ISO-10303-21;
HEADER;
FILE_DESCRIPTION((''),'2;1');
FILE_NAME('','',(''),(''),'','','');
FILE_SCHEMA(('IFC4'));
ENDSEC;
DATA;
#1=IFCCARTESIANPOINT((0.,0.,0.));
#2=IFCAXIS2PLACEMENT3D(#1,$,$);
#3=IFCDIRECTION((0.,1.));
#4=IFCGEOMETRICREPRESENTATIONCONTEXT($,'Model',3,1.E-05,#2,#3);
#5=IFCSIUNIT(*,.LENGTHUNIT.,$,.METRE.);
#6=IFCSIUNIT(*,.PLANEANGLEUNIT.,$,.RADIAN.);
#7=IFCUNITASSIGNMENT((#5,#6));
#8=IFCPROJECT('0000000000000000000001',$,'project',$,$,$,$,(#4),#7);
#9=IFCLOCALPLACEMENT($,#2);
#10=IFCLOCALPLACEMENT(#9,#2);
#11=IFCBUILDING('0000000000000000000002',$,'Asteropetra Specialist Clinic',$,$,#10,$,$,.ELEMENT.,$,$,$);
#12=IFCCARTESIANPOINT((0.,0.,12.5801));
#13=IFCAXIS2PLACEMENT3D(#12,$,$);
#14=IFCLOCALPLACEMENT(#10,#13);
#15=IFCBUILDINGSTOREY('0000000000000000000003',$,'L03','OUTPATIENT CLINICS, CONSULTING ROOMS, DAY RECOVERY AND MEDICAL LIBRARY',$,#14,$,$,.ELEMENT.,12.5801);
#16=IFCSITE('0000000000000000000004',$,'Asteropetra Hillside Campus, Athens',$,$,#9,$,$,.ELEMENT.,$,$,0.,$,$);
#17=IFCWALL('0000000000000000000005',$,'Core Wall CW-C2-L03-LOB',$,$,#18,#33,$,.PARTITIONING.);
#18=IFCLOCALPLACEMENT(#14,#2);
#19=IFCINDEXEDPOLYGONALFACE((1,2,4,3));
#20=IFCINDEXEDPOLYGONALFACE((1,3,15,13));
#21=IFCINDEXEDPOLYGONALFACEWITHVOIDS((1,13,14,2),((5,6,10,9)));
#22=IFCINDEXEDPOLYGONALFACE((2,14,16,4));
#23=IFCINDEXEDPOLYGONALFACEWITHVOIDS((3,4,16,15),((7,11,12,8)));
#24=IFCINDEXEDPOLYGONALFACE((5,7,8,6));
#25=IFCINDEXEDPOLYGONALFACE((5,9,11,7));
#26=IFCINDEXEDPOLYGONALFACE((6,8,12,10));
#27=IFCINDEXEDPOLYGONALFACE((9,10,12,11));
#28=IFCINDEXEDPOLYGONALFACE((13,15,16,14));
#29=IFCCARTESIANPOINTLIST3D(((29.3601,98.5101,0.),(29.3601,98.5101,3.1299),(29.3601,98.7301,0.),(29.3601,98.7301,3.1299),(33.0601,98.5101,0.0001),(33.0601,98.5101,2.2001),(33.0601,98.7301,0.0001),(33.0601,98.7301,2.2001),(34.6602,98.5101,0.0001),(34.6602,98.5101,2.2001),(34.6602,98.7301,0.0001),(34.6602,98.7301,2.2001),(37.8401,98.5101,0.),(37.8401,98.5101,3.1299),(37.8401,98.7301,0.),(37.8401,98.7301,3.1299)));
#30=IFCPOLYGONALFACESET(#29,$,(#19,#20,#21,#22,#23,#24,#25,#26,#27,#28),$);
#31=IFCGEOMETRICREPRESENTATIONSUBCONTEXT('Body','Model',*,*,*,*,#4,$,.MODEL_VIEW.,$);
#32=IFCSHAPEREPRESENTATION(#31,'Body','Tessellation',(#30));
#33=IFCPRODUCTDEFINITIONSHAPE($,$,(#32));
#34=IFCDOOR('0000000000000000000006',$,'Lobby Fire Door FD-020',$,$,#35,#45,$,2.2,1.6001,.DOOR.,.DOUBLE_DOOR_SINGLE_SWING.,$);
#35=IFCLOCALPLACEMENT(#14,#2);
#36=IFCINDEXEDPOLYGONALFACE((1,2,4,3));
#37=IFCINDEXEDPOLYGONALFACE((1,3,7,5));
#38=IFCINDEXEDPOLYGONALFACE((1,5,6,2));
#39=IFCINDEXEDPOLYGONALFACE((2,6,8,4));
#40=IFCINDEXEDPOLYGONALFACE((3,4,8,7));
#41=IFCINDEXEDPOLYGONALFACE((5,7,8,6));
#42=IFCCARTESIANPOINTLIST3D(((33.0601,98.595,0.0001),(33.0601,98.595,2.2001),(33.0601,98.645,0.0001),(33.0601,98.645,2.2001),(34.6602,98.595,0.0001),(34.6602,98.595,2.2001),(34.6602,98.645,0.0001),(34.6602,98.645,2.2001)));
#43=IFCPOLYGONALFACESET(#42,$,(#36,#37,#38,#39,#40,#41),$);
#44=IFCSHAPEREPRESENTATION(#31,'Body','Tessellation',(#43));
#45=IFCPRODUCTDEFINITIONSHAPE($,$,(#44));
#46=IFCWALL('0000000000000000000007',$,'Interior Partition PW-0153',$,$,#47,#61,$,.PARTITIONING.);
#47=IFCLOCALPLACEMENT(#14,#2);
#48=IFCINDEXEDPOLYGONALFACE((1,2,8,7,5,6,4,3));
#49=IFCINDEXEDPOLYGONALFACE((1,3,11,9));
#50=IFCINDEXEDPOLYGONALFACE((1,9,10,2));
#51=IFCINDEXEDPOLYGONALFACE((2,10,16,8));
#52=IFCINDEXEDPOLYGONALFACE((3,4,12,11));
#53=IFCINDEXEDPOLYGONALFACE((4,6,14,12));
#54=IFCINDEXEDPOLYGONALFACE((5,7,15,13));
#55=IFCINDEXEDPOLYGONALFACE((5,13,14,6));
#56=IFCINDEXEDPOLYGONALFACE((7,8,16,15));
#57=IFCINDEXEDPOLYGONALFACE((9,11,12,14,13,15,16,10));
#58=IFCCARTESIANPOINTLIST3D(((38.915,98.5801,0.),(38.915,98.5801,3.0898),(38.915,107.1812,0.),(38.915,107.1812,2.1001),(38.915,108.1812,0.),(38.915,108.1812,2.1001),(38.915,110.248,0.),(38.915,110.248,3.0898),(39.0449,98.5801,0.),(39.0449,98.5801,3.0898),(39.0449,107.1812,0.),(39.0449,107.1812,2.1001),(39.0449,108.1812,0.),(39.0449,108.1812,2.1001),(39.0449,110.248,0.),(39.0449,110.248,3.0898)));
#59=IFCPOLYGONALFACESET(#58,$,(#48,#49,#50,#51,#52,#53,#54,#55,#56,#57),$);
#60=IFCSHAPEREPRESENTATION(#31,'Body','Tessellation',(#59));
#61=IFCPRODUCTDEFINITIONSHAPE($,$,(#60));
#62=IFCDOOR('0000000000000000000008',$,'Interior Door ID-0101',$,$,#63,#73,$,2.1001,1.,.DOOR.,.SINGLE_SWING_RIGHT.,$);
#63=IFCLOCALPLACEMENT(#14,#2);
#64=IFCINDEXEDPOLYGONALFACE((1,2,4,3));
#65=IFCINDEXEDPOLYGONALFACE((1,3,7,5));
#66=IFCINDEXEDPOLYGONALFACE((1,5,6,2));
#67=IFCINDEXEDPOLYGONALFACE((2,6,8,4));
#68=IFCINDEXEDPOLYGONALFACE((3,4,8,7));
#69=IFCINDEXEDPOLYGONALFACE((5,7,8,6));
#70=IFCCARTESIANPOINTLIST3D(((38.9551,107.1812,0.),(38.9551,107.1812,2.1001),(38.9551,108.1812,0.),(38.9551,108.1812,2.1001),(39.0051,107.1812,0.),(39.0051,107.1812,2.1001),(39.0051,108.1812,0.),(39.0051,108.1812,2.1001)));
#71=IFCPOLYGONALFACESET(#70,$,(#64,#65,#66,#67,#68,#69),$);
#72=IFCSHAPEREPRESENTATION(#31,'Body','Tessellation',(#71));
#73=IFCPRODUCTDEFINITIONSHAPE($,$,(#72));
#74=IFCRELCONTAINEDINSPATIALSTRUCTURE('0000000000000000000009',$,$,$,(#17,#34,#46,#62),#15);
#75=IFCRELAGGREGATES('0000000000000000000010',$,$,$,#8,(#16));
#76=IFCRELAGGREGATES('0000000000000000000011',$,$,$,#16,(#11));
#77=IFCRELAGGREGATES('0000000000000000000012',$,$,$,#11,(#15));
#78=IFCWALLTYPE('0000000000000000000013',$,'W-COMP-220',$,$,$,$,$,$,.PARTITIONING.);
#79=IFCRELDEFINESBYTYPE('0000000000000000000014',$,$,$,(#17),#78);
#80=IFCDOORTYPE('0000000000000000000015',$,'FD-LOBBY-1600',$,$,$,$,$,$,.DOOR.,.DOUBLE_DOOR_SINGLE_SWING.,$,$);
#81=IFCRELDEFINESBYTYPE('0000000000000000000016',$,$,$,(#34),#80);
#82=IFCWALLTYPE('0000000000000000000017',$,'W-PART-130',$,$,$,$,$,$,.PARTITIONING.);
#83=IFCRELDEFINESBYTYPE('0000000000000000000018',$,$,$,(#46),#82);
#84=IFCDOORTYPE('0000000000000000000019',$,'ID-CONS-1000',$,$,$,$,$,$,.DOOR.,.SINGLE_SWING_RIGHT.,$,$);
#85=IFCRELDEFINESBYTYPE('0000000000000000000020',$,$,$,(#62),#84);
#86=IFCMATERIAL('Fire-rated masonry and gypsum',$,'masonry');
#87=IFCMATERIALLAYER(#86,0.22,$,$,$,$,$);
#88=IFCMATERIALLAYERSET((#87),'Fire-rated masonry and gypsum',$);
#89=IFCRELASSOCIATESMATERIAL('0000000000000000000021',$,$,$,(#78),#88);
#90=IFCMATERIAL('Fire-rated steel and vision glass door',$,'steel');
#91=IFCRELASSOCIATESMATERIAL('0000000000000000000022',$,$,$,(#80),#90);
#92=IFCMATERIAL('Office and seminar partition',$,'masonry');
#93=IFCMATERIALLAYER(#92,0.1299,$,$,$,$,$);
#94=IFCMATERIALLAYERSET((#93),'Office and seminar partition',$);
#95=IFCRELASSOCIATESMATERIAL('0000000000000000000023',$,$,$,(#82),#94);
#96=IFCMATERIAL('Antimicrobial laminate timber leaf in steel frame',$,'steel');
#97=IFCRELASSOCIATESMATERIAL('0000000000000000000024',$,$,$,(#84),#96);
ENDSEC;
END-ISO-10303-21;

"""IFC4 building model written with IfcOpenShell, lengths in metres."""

from ifc_helpers import new_model, si_unit, direction, frame, frame_2d, origin, place, context, subcontext, project, spatial, rectangle, extrude, material, layer, layer_set, type_object, element, fill, save


model = new_model("IFC4")

# Units and contexts
model_context = context("Model", 3, precision=1e-05, world=origin(), true_north=direction((0.0, 1.0)))
body_context = subcontext(model_context, "Body", "Model", "MODEL_VIEW")
ifc_project = project(units=[si_unit("LENGTHUNIT", "METRE"), si_unit("PLANEANGLEUNIT", "RADIAN")], contexts=[model_context])

# Site, building, storey
site_placement = place(None, origin())
site = spatial("IfcSite", under=ifc_project, at=site_placement, Name="Asteropetra Hillside Campus, Athens", CompositionType="ELEMENT", RefElevation=0.0)
building_placement = place(site_placement, origin())
building = spatial("IfcBuilding", under=site, at=building_placement, Name="Asteropetra Specialist Clinic", CompositionType="ELEMENT")
storey_placement = place(building_placement, frame((0.0, 0.0, 12.5801)))
storey = spatial("IfcBuildingStorey", under=building, at=storey_placement, Name="L03", Description="OUTPATIENT CLINICS, CONSULTING ROOMS, DAY RECOVERY AND MEDICAL LIBRARY", CompositionType="ELEMENT", Elevation=12.5801)

# Walls, openings, doors
ifc_material_1 = material(Name="Fire-rated masonry and gypsum", Category="masonry")
ifc_layer_1 = layer(ifc_material_1, 0.22)
ifc_layer_set_1 = layer_set([ifc_layer_1], Name="Fire-rated masonry and gypsum")
wall_type_1 = type_object("IfcWallType", Name="W-COMP-220", PredefinedType="PARTITIONING", material=ifc_layer_set_1)
wall_1_placement = place(storey_placement, frame((29.3601, 98.6201, 0.0), z_axis=(0.0, 0.0, 1.0), x_axis=(1.0, 0.0, 0.0)))
wall_1 = element("IfcWall", 1, at=wall_1_placement, inside=storey, type_object=wall_type_1, Name="Core Wall CW-C2-L03-LOB", PredefinedType="PARTITIONING", context=body_context, shape_type="SweptSolid", body=[
    extrude(rectangle(XDim=8.48, YDim=0.22, at=frame_2d((4.24, 0.0))), origin(), (0.0, 0.0, 1.0), 3.1299),
])
opening_1_placement = place(wall_1_placement, frame((3.7, 0.0, 0.0)))
opening_1 = element("IfcOpeningElement", 2, at=opening_1_placement, cuts=wall_1, PredefinedType="OPENING", context=body_context, shape_type="SweptSolid", body=[
    extrude(rectangle(XDim=1.6001, YDim=2.2, at=frame_2d((0.8, 1.1001))), frame((0.0, 0.1199, 0.0), z_axis=(0.0, -1.0, 0.0), x_axis=(1.0, 0.0, 0.0)), (0.0, 0.0, 1.0), 0.24),
])
ifc_material_2 = material(Name="Fire-rated steel and vision glass door", Category="steel")
door_type_1 = type_object("IfcDoorType", Name="FD-LOBBY-1600", OperationType="DOUBLE_DOOR_SINGLE_SWING", PredefinedType="DOOR", material=ifc_material_2)
door_1_placement = place(opening_1_placement, origin())
door_1 = element("IfcDoor", 3, at=door_1_placement, inside=storey, type_object=door_type_1, Name="Lobby Fire Door FD-020", OperationType="DOUBLE_DOOR_SINGLE_SWING", OverallHeight=2.2, OverallWidth=1.6001, PredefinedType="DOOR", context=body_context, shape_type="SweptSolid", body=[
    extrude(rectangle(XDim=1.6001, YDim=2.2, at=frame_2d((0.8, 1.1001))), frame((0.0, 0.0249, 0.0), z_axis=(0.0, -1.0, 0.0), x_axis=(1.0, 0.0, 0.0)), (0.0, 0.0, 1.0), 0.05),
])
fill(opening_1, door_1)
ifc_material_3 = material(Name="Office and seminar partition", Category="masonry")
ifc_layer_2 = layer(ifc_material_3, 0.1299)
ifc_layer_set_2 = layer_set([ifc_layer_2], Name="Office and seminar partition")
wall_type_2 = type_object("IfcWallType", Name="W-PART-130", PredefinedType="PARTITIONING", material=ifc_layer_set_2)
wall_2_placement = place(storey_placement, frame((38.98, 98.5801, 0.0), z_axis=(0.0, 0.0, 1.0), x_axis=(0.0, 1.0, 0.0)))
wall_2 = element("IfcWall", 4, at=wall_2_placement, inside=storey, type_object=wall_type_2, Name="Interior Partition PW-0153", PredefinedType="PARTITIONING", context=body_context, shape_type="SweptSolid", body=[
    extrude(rectangle(XDim=11.668, YDim=0.1299, at=frame_2d((5.834, 0.0))), origin(), (0.0, 0.0, 1.0), 3.0898),
])
opening_2_placement = place(wall_2_placement, frame((8.6011, 0.0, 0.0)))
opening_2 = element("IfcOpeningElement", 5, at=opening_2_placement, cuts=wall_2, PredefinedType="OPENING", context=body_context, shape_type="SweptSolid", body=[
    extrude(rectangle(XDim=1.0, YDim=2.1001, at=frame_2d((0.5, 1.05))), frame((0.0, 0.075, 0.0), z_axis=(0.0, -1.0, 0.0), x_axis=(1.0, 0.0, 0.0)), (0.0, 0.0, 1.0), 0.1499),
])
ifc_material_4 = material(Name="Antimicrobial laminate timber leaf in steel frame", Category="steel")
door_type_2 = type_object("IfcDoorType", Name="ID-CONS-1000", OperationType="SINGLE_SWING_RIGHT", PredefinedType="DOOR", material=ifc_material_4)
door_2_placement = place(opening_2_placement, origin())
door_2 = element("IfcDoor", 6, at=door_2_placement, inside=storey, type_object=door_type_2, Name="Interior Door ID-0101", OperationType="SINGLE_SWING_RIGHT", OverallHeight=2.1001, OverallWidth=1.0, PredefinedType="DOOR", context=body_context, shape_type="SweptSolid", body=[
    extrude(rectangle(XDim=1.0, YDim=2.1001, at=frame_2d((0.5, 1.05))), frame((0.0, 0.0249, 0.0), z_axis=(0.0, -1.0, 0.0), x_axis=(1.0, 0.0, 0.0)), (0.0, 0.0, 1.0), 0.05),
])
fill(opening_2, door_2)

save(model, "model.ifc")
